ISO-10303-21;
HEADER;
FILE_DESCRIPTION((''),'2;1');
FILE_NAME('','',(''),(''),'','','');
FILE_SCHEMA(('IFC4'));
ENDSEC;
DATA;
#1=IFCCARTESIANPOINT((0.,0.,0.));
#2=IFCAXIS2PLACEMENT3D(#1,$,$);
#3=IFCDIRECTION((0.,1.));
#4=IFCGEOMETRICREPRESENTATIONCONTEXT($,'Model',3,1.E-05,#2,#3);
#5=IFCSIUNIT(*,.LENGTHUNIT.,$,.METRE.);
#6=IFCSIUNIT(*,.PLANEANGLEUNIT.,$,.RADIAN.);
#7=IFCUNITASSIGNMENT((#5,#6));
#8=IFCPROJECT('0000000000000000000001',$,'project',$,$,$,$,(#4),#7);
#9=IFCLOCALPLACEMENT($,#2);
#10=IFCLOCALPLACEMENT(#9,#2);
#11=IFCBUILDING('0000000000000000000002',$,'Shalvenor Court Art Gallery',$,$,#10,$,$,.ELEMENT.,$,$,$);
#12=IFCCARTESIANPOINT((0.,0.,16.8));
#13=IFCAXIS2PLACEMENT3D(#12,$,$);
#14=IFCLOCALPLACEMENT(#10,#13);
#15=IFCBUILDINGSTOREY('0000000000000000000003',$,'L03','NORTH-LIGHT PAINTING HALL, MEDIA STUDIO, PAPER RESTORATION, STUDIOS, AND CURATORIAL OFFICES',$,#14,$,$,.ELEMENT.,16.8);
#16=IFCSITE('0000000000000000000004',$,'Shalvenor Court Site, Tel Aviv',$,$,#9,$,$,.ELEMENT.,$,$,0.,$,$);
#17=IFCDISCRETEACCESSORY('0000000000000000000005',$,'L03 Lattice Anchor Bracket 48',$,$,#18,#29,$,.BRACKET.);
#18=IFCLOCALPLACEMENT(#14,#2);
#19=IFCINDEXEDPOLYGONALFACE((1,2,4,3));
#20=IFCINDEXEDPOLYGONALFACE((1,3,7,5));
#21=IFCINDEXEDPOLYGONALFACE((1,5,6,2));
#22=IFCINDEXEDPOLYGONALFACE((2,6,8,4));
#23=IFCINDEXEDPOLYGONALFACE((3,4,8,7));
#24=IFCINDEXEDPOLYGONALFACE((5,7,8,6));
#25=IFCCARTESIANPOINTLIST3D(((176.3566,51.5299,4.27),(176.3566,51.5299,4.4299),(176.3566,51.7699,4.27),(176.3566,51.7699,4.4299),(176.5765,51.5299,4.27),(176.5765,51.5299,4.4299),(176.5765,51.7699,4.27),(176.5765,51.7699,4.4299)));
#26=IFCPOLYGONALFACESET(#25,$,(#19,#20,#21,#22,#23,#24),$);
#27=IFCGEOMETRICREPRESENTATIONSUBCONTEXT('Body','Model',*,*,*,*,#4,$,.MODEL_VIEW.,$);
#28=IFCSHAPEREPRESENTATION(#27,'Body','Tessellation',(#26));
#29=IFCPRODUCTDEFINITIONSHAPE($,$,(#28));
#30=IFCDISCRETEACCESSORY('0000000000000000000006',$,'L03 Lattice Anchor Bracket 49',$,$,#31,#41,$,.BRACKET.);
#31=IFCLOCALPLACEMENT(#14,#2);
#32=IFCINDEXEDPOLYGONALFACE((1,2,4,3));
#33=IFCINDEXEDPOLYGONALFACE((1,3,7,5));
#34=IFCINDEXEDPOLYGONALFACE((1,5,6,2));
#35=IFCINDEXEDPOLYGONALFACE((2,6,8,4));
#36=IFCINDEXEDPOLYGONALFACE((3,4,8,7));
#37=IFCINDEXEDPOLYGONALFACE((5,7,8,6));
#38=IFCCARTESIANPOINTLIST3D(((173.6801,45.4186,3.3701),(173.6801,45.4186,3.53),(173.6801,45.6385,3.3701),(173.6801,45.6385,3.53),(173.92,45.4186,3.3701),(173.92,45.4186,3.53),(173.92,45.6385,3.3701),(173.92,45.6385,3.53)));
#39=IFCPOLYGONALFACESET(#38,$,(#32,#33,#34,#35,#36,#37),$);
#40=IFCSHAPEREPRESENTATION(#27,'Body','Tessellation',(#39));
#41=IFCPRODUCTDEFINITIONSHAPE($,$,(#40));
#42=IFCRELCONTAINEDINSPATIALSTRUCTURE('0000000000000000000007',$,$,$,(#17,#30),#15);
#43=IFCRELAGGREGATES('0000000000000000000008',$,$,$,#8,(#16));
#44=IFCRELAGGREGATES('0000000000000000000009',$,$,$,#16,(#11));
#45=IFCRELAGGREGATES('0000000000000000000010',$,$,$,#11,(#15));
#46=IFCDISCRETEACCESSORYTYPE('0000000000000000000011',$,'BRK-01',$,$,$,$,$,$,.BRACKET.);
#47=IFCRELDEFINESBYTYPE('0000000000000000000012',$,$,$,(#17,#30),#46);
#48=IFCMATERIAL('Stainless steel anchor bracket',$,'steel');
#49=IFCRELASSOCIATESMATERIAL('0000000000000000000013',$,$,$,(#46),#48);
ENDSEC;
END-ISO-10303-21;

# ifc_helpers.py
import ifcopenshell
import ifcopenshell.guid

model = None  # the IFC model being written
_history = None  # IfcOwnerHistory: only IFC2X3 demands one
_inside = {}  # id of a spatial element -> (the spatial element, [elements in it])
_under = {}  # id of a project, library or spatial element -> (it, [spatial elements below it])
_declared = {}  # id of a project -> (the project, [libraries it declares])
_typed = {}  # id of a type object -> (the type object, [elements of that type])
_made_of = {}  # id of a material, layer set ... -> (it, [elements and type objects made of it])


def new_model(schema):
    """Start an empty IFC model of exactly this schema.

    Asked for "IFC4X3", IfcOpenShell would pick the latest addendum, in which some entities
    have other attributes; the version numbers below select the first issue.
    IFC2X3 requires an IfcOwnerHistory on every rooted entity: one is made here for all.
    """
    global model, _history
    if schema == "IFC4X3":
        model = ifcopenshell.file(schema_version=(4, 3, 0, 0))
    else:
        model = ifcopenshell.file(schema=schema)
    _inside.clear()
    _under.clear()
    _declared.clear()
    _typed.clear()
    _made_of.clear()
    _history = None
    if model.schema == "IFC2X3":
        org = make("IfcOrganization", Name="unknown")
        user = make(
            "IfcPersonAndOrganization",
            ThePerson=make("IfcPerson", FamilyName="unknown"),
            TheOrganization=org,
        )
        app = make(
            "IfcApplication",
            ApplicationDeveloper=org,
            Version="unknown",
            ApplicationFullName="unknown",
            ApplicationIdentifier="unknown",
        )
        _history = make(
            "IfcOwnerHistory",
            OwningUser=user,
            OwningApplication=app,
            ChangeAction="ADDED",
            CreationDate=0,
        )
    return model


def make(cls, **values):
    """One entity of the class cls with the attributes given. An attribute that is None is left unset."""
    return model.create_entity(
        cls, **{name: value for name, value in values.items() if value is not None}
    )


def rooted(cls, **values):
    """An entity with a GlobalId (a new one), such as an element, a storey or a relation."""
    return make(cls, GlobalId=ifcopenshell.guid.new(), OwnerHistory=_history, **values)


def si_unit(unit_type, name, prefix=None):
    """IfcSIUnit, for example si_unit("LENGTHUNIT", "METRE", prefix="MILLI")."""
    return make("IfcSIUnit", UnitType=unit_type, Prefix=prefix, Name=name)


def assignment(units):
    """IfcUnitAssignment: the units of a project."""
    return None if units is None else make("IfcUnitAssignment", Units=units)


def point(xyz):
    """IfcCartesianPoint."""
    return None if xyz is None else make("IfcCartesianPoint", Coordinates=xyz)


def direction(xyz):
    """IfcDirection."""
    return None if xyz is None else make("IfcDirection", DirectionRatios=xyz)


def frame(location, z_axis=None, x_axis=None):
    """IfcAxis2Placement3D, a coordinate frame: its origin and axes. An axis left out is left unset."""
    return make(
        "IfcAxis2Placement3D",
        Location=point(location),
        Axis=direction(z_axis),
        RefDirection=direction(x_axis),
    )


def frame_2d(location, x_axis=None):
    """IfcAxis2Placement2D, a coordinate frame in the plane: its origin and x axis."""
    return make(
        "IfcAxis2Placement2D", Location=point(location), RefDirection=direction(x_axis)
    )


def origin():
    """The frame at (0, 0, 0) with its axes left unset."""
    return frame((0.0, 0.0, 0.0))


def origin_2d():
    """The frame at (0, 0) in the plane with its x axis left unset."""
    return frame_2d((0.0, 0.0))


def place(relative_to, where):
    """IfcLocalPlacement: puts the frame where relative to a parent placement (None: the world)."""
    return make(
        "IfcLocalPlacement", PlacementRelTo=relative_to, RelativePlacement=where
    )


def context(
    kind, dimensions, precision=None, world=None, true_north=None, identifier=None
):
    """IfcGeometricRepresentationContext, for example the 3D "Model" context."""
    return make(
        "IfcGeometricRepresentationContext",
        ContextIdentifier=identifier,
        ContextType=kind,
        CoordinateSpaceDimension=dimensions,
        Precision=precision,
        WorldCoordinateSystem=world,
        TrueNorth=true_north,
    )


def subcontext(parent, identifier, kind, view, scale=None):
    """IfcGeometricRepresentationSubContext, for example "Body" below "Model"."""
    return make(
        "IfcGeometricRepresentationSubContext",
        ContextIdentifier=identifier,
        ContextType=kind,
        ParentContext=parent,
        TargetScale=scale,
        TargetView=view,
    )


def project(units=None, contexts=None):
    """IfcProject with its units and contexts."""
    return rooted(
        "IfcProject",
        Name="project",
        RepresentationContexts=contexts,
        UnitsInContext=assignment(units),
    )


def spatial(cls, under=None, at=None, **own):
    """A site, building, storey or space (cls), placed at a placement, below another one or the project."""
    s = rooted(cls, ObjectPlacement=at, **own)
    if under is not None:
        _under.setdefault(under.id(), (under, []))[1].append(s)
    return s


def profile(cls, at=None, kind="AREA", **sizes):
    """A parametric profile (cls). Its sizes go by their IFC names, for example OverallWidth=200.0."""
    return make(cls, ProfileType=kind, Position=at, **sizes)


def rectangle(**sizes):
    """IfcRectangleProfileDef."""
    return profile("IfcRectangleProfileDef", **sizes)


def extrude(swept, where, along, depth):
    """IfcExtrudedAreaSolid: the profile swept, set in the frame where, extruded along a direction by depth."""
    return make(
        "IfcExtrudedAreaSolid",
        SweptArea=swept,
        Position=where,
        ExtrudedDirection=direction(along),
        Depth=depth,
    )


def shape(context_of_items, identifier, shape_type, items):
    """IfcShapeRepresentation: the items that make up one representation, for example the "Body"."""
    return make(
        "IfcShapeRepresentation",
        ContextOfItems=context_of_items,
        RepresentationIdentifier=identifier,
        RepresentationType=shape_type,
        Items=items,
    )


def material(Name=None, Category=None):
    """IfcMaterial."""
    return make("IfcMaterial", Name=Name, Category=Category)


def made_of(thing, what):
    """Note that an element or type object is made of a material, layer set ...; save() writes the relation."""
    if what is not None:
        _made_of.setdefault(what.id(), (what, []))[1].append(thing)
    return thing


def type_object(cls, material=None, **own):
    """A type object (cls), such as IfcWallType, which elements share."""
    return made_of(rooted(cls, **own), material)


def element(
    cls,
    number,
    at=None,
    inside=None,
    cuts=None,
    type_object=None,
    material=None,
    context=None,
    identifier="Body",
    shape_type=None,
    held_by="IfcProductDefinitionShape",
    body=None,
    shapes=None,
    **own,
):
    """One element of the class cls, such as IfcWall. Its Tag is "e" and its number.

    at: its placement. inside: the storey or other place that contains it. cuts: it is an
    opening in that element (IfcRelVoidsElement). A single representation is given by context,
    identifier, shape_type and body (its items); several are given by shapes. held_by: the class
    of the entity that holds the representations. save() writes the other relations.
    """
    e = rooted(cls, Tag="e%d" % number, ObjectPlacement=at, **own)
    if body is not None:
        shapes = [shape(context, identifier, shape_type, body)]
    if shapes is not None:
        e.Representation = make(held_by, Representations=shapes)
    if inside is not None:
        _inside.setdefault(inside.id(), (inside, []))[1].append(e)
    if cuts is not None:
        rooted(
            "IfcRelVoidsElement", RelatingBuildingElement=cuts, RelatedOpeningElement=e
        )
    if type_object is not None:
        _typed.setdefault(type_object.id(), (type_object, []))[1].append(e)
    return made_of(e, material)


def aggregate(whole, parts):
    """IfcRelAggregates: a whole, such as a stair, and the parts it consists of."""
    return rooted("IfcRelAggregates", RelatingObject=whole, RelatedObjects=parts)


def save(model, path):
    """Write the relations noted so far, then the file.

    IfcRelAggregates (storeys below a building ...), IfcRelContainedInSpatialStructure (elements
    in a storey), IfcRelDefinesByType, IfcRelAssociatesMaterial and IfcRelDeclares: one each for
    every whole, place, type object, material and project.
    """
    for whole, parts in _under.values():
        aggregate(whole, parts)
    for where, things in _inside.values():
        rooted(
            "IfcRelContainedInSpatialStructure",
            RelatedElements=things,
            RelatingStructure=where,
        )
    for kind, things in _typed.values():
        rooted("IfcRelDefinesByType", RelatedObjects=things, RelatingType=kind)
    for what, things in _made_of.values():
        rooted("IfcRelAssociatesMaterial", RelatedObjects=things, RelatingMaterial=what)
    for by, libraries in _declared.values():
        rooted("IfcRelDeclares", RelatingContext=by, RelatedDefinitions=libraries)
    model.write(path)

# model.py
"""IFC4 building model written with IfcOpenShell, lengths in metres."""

from ifc_helpers import new_model, si_unit, direction, frame, origin, origin_2d, place, context, subcontext, project, spatial, rectangle, extrude, material, type_object, element, save


model = new_model("IFC4")

# Units and contexts
model_context = context("Model", 3, precision=1e-05, world=origin(), true_north=direction((0.0, 1.0)))
body_context = subcontext(model_context, "Body", "Model", "MODEL_VIEW")
ifc_project = project(units=[si_unit("LENGTHUNIT", "METRE"), si_unit("PLANEANGLEUNIT", "RADIAN")], contexts=[model_context])

# Site, building, storey
site_placement = place(None, origin())
site = spatial("IfcSite", under=ifc_project, at=site_placement, Name="Shalvenor Court Site, Tel Aviv", CompositionType="ELEMENT", RefElevation=0.0)
building_placement = place(site_placement, origin())
building = spatial("IfcBuilding", under=site, at=building_placement, Name="Shalvenor Court Art Gallery", CompositionType="ELEMENT")
storey_placement = place(building_placement, frame((0.0, 0.0, 16.8)))
storey = spatial("IfcBuildingStorey", under=building, at=storey_placement, Name="L03", Description="NORTH-LIGHT PAINTING HALL, MEDIA STUDIO, PAPER RESTORATION, STUDIOS, AND CURATORIAL OFFICES", CompositionType="ELEMENT", Elevation=16.8)

# Discrete accessories
ifc_material_1 = material(Name="Stainless steel anchor bracket", Category="steel")
discrete_accessory_type = type_object("IfcDiscreteAccessoryType", Name="BRK-01", PredefinedType="BRACKET", material=ifc_material_1)
for number, where, z_axis, x_axis, name in (
    (1, (176.4666, 51.6499, 4.27), (0.0, 0.0, 1.0), (0.0, -1.0, 0.0), "L03 Lattice Anchor Bracket 48"),
    (2, (173.8, 45.5286, 3.3701), (0.0, 0.0, 1.0), (-1.0, 0.0, 0.0), "L03 Lattice Anchor Bracket 49"),
):
    element("IfcDiscreteAccessory", number, at=place(storey_placement, frame(where, z_axis=z_axis, x_axis=x_axis)), inside=storey, type_object=discrete_accessory_type, Name=name, PredefinedType="BRACKET", context=body_context, shape_type="SweptSolid", body=[
        extrude(rectangle(XDim=0.24, YDim=0.22, at=origin_2d()), origin(), (0.0, 0.0, 1.0), 0.1599),
    ])

save(model, "model.ifc")
